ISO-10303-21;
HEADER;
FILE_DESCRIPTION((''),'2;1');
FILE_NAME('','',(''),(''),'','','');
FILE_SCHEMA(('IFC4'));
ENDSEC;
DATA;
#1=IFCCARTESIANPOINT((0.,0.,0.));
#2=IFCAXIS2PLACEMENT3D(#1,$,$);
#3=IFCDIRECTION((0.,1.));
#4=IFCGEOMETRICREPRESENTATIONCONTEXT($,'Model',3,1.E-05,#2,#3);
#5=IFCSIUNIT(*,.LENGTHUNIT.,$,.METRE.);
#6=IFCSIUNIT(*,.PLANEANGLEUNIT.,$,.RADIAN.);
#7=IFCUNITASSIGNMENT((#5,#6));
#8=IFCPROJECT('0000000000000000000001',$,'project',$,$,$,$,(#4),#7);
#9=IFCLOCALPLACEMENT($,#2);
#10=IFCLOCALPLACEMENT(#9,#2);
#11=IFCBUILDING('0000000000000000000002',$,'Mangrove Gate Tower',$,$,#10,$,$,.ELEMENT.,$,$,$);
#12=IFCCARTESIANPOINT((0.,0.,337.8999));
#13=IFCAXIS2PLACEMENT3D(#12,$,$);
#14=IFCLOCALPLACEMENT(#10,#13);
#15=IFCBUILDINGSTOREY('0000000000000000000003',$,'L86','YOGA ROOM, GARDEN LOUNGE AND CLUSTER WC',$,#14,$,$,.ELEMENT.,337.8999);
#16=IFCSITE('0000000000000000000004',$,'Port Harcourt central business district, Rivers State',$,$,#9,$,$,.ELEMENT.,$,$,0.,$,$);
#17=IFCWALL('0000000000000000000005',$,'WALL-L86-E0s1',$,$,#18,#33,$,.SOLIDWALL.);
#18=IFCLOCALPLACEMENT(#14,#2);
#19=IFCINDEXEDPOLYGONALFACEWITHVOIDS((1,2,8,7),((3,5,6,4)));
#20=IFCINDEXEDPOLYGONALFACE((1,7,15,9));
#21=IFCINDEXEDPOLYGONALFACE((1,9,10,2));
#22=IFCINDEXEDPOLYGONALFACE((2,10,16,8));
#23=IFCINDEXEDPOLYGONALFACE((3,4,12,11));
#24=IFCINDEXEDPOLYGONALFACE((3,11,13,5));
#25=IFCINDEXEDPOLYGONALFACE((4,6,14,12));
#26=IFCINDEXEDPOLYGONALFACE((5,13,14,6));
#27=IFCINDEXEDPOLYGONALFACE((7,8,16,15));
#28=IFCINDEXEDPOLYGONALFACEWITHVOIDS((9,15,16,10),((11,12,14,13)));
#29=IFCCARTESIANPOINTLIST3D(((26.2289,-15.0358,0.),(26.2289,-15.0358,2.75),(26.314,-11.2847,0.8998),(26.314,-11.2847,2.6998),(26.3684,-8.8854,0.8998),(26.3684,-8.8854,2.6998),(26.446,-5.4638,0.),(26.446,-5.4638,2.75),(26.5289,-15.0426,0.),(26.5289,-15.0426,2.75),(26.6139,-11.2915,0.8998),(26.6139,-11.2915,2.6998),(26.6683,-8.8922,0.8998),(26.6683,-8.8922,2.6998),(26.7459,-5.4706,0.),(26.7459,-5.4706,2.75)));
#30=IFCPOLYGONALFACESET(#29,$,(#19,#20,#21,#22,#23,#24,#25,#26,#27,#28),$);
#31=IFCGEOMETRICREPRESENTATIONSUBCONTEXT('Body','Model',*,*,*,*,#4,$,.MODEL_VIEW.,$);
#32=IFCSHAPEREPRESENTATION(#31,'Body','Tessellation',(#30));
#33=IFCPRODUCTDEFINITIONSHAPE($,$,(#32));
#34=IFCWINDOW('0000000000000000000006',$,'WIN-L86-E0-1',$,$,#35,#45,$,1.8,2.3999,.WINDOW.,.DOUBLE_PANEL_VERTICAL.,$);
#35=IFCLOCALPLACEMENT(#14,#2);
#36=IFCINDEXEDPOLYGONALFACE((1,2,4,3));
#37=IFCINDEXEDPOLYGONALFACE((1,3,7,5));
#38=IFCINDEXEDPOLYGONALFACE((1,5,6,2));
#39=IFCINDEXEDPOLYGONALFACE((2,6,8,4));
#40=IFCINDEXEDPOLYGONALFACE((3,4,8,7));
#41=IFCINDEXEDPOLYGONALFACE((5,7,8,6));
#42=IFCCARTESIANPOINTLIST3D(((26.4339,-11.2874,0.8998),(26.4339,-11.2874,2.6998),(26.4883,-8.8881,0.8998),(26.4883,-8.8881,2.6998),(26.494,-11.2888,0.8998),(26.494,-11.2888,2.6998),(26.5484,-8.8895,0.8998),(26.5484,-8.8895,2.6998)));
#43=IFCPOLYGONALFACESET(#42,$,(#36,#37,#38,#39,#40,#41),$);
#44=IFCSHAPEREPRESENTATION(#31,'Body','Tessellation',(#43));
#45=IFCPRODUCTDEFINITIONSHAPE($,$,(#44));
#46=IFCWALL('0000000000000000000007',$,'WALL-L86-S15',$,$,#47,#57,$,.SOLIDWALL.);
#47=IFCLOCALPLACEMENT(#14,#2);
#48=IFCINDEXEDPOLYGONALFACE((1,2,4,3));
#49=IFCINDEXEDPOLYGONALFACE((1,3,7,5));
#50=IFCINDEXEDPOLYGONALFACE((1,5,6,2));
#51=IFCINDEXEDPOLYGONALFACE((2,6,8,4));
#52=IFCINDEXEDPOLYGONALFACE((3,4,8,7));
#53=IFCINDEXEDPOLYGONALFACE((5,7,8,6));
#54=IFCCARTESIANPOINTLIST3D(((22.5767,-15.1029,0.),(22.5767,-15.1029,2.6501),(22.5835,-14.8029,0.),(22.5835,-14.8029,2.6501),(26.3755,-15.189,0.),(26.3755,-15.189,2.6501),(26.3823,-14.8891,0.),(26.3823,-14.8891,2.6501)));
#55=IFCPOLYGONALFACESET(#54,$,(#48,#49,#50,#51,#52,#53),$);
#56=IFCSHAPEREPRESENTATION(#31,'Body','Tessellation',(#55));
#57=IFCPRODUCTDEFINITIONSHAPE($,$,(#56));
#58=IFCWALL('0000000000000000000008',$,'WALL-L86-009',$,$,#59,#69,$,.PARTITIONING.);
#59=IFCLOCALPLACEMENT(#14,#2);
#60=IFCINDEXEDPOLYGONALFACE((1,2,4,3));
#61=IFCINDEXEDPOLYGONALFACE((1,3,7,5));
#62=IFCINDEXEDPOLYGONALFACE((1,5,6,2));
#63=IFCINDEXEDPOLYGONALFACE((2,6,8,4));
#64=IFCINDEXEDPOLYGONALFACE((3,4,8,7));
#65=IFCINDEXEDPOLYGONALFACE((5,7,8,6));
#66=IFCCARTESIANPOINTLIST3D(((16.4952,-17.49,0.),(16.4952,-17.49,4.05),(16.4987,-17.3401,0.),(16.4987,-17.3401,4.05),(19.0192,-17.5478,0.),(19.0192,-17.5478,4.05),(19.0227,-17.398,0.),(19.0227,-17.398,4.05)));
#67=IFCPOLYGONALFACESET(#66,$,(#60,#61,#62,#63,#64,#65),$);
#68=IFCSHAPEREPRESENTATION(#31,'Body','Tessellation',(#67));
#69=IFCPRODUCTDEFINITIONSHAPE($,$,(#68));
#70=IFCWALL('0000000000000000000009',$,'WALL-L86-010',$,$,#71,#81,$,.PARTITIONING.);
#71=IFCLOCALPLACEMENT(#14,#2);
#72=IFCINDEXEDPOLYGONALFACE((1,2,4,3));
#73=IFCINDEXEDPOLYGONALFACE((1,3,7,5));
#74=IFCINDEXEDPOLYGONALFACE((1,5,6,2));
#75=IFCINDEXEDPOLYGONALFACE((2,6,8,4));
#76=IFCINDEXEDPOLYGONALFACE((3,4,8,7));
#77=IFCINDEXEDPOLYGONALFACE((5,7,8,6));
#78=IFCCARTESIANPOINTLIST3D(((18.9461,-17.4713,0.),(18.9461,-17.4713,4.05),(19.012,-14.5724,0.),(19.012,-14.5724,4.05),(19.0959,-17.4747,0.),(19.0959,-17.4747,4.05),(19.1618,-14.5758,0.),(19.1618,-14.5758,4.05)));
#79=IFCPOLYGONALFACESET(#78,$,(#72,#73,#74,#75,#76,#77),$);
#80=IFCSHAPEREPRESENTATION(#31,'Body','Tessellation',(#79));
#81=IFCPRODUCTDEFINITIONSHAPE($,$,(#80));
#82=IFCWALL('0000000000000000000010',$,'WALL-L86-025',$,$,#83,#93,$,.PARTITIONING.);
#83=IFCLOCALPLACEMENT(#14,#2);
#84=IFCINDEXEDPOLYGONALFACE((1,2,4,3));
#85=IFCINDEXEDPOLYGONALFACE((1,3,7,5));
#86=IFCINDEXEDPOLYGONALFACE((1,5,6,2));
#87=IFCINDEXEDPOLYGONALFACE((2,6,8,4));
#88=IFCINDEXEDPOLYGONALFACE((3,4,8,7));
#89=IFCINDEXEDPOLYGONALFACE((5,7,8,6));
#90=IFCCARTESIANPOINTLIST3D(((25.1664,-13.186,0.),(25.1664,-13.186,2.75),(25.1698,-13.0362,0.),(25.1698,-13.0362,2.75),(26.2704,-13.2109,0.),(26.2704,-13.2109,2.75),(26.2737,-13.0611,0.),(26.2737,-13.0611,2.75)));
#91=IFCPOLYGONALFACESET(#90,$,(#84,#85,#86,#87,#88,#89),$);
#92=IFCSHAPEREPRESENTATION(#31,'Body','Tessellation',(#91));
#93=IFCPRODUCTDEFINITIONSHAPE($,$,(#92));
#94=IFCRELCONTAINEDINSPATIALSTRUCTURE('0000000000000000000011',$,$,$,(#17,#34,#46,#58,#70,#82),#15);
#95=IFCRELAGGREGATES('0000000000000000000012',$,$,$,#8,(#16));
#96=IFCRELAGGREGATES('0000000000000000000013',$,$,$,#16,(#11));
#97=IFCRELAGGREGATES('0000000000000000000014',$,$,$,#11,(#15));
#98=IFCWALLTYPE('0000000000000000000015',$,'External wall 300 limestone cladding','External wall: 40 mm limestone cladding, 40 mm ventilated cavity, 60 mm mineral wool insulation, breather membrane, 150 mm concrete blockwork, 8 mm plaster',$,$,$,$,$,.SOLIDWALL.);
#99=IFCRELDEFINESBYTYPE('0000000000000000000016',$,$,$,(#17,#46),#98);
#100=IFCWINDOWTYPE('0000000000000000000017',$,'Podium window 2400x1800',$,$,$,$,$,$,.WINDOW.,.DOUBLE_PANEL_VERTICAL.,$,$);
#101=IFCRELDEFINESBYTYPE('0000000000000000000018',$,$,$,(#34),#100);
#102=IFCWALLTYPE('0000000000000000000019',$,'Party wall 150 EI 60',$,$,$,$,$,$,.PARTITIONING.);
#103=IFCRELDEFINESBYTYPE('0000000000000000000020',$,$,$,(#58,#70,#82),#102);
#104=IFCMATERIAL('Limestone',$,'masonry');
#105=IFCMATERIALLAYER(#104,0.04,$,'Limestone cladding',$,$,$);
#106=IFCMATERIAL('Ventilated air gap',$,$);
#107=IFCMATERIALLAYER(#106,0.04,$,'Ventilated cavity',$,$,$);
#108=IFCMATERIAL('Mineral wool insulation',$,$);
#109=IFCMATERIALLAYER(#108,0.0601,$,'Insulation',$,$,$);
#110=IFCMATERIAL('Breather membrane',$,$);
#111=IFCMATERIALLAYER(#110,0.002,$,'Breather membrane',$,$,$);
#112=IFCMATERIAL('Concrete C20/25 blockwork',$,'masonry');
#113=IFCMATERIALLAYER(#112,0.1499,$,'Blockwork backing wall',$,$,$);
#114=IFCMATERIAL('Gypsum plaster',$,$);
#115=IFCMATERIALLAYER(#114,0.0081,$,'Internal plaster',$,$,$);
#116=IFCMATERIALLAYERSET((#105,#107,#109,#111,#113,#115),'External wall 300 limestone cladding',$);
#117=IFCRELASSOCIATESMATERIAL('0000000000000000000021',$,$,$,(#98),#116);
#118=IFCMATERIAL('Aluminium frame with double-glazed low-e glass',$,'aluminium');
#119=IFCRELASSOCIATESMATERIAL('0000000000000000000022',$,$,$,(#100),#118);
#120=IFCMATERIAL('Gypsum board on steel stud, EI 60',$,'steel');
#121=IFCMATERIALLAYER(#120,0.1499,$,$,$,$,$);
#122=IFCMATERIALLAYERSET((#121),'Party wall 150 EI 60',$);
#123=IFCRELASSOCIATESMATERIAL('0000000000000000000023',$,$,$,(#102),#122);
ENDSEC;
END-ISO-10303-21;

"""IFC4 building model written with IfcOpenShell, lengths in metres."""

from ifc_helpers import new_model, si_unit, direction, frame, frame_2d, origin, place, context, subcontext, project, spatial, rectangle, extrude, material, layer, layer_set, type_object, element, fill, save


model = new_model("IFC4")

# Units and contexts
model_context = context("Model", 3, precision=1e-05, world=origin(), true_north=direction((0.0, 1.0)))
body_context = subcontext(model_context, "Body", "Model", "MODEL_VIEW")
ifc_project = project(units=[si_unit("LENGTHUNIT", "METRE"), si_unit("PLANEANGLEUNIT", "RADIAN")], contexts=[model_context])

# Site, building, storey
site_placement = place(None, origin())
site = spatial("IfcSite", under=ifc_project, at=site_placement, Name="Port Harcourt central business district, Rivers State", CompositionType="ELEMENT", RefElevation=0.0)
building_placement = place(site_placement, origin())
building = spatial("IfcBuilding", under=site, at=building_placement, Name="Mangrove Gate Tower", CompositionType="ELEMENT")
storey_placement = place(building_placement, frame((0.0, 0.0, 337.8999)))
storey = spatial("IfcBuildingStorey", under=building, at=storey_placement, Name="L86", Description="YOGA ROOM, GARDEN LOUNGE AND CLUSTER WC", CompositionType="ELEMENT", Elevation=337.8999)

# Wall, opening, window
ifc_material_1 = material(Name="Limestone", Category="masonry")
ifc_layer_1 = layer(ifc_material_1, 0.04, Name="Limestone cladding")
ifc_material_2 = material(Name="Ventilated air gap")
ifc_layer_2 = layer(ifc_material_2, 0.04, Name="Ventilated cavity")
ifc_material_3 = material(Name="Mineral wool insulation")
ifc_layer_3 = layer(ifc_material_3, 0.0601, Name="Insulation")
ifc_material_4 = material(Name="Breather membrane")
ifc_layer_4 = layer(ifc_material_4, 0.002, Name="Breather membrane")
ifc_material_5 = material(Name="Concrete C20/25 blockwork", Category="masonry")
ifc_layer_5 = layer(ifc_material_5, 0.1499, Name="Blockwork backing wall")
ifc_material_6 = material(Name="Gypsum plaster")
ifc_layer_6 = layer(ifc_material_6, 0.0081, Name="Internal plaster")
ifc_layer_set_1 = layer_set([ifc_layer_1, ifc_layer_2, ifc_layer_3, ifc_layer_4, ifc_layer_5, ifc_layer_6], Name="External wall 300 limestone cladding")
wall_type_1 = type_object("IfcWallType", Name="External wall 300 limestone cladding", Description="External wall: 40 mm limestone cladding, 40 mm ventilated cavity, 60 mm mineral wool insulation, breather membrane, 150 mm concrete blockwork, 8 mm plaster", PredefinedType="SOLIDWALL", material=ifc_layer_set_1)
wall_1_placement = place(storey_placement, frame((26.3789, -15.0391, 0.0), z_axis=(0.0, 0.0, 1.0), x_axis=(0.022669, 0.999743, 0.0)))
wall_1 = element("IfcWall", 1, at=wall_1_placement, inside=storey, type_object=wall_type_1, Name="WALL-L86-E0s1", PredefinedType="SOLIDWALL", context=body_context, shape_type="SweptSolid", body=[
    extrude(rectangle(XDim=9.5745, YDim=0.3, at=frame_2d((4.7871, 0.0))), origin(), (0.0, 0.0, 1.0), 2.75),
])
opening_1_placement = place(wall_1_placement, frame((3.752, 0.0, 0.8999)))
opening_1 = element("IfcOpeningElement", 2, at=opening_1_placement, cuts=wall_1, PredefinedType="OPENING", context=body_context, shape_type="SweptSolid", body=[
    extrude(rectangle(XDim=2.3999, YDim=1.8, at=frame_2d((1.2, 0.8999))), frame((0.0, 0.1599, 0.0), z_axis=(0.0, -1.0, 0.0), x_axis=(1.0, 0.0, 0.0)), (0.0, 0.0, 1.0), 0.3201),
])
ifc_material_7 = material(Name="Aluminium frame with double-glazed low-e glass", Category="aluminium")
window_type = type_object("IfcWindowType", Name="Podium window 2400x1800", PartitioningType="DOUBLE_PANEL_VERTICAL", PredefinedType="WINDOW", material=ifc_material_7)
window_placement = place(opening_1_placement, origin())
window = element("IfcWindow", 3, at=window_placement, inside=storey, type_object=window_type, Name="WIN-L86-E0-1", OverallHeight=1.8, OverallWidth=2.3999, PartitioningType="DOUBLE_PANEL_VERTICAL", PredefinedType="WINDOW", context=body_context, shape_type="SweptSolid", body=[
    extrude(rectangle(XDim=2.3999, YDim=1.8, at=frame_2d((1.2, 0.8999))), frame((0.0, 0.03, 0.0), z_axis=(0.0, -1.0, 0.0), x_axis=(1.0, 0.0, 0.0)), (0.0, 0.0, 1.0), 0.0601),
])
fill(opening_1, window)

# Walls
wall_2_placement = place(storey_placement, frame((22.5801, -14.9529, 0.0), z_axis=(0.0, 0.0, 1.0), x_axis=(0.999743, -0.022681, 0.0)))
element("IfcWall", 4, at=wall_2_placement, inside=storey, type_object=wall_type_1, Name="WALL-L86-S15", PredefinedType="SOLIDWALL", context=body_context, shape_type="SweptSolid", body=[
    extrude(rectangle(XDim=3.7998, YDim=0.3, at=frame_2d((1.8999, 0.0))), origin(), (0.0, 0.0, 1.0), 2.6501),
])
ifc_material_8 = material(Name="Gypsum board on steel stud, EI 60", Category="steel")
ifc_layer_7 = layer(ifc_material_8, 0.1499)
ifc_layer_set_2 = layer_set([ifc_layer_7], Name="Party wall 150 EI 60")
wall_type_2 = type_object("IfcWallType", Name="Party wall 150 EI 60", PredefinedType="PARTITIONING", material=ifc_layer_set_2)
wall_3_placement = place(storey_placement, frame((16.4971, -17.415, 0.0), z_axis=(0.0, 0.0, 1.0), x_axis=(0.999737, -0.022919, 0.0)))
element("IfcWall", 5, at=wall_3_placement, inside=storey, type_object=wall_type_2, Name="WALL-L86-009", PredefinedType="PARTITIONING", context=body_context, shape_type="SweptSolid", body=[
    extrude(rectangle(XDim=2.5247, YDim=0.1499, at=frame_2d((1.2622, 0.0))), origin(), (0.0, 0.0, 1.0), 4.05),
])
wall_4_placement = place(storey_placement, frame((19.021, -17.4729, 0.0), z_axis=(0.0, 0.0, 1.0), x_axis=(0.022733, 0.999742, 0.0)))
element("IfcWall", 6, at=wall_4_placement, inside=storey, type_object=wall_type_2, Name="WALL-L86-010", PredefinedType="PARTITIONING", context=body_context, shape_type="SweptSolid", body=[
    extrude(rectangle(XDim=2.8997, YDim=0.1499, at=frame_2d((1.4497, 0.0))), origin(), (0.0, 0.0, 1.0), 4.05),
])
wall_5_placement = place(storey_placement, frame((25.168, -13.1111, 0.0), z_axis=(0.0, 0.0, 1.0), x_axis=(0.999746, -0.022551, 0.0)))
element("IfcWall", 7, at=wall_5_placement, inside=storey, type_object=wall_type_2, Name="WALL-L86-025", PredefinedType="PARTITIONING", context=body_context, shape_type="SweptSolid", body=[
    extrude(rectangle(XDim=1.1042, YDim=0.1499, at=frame_2d((0.5522, 0.0))), origin(), (0.0, 0.0, 1.0), 2.75),
])

save(model, "model.ifc")
